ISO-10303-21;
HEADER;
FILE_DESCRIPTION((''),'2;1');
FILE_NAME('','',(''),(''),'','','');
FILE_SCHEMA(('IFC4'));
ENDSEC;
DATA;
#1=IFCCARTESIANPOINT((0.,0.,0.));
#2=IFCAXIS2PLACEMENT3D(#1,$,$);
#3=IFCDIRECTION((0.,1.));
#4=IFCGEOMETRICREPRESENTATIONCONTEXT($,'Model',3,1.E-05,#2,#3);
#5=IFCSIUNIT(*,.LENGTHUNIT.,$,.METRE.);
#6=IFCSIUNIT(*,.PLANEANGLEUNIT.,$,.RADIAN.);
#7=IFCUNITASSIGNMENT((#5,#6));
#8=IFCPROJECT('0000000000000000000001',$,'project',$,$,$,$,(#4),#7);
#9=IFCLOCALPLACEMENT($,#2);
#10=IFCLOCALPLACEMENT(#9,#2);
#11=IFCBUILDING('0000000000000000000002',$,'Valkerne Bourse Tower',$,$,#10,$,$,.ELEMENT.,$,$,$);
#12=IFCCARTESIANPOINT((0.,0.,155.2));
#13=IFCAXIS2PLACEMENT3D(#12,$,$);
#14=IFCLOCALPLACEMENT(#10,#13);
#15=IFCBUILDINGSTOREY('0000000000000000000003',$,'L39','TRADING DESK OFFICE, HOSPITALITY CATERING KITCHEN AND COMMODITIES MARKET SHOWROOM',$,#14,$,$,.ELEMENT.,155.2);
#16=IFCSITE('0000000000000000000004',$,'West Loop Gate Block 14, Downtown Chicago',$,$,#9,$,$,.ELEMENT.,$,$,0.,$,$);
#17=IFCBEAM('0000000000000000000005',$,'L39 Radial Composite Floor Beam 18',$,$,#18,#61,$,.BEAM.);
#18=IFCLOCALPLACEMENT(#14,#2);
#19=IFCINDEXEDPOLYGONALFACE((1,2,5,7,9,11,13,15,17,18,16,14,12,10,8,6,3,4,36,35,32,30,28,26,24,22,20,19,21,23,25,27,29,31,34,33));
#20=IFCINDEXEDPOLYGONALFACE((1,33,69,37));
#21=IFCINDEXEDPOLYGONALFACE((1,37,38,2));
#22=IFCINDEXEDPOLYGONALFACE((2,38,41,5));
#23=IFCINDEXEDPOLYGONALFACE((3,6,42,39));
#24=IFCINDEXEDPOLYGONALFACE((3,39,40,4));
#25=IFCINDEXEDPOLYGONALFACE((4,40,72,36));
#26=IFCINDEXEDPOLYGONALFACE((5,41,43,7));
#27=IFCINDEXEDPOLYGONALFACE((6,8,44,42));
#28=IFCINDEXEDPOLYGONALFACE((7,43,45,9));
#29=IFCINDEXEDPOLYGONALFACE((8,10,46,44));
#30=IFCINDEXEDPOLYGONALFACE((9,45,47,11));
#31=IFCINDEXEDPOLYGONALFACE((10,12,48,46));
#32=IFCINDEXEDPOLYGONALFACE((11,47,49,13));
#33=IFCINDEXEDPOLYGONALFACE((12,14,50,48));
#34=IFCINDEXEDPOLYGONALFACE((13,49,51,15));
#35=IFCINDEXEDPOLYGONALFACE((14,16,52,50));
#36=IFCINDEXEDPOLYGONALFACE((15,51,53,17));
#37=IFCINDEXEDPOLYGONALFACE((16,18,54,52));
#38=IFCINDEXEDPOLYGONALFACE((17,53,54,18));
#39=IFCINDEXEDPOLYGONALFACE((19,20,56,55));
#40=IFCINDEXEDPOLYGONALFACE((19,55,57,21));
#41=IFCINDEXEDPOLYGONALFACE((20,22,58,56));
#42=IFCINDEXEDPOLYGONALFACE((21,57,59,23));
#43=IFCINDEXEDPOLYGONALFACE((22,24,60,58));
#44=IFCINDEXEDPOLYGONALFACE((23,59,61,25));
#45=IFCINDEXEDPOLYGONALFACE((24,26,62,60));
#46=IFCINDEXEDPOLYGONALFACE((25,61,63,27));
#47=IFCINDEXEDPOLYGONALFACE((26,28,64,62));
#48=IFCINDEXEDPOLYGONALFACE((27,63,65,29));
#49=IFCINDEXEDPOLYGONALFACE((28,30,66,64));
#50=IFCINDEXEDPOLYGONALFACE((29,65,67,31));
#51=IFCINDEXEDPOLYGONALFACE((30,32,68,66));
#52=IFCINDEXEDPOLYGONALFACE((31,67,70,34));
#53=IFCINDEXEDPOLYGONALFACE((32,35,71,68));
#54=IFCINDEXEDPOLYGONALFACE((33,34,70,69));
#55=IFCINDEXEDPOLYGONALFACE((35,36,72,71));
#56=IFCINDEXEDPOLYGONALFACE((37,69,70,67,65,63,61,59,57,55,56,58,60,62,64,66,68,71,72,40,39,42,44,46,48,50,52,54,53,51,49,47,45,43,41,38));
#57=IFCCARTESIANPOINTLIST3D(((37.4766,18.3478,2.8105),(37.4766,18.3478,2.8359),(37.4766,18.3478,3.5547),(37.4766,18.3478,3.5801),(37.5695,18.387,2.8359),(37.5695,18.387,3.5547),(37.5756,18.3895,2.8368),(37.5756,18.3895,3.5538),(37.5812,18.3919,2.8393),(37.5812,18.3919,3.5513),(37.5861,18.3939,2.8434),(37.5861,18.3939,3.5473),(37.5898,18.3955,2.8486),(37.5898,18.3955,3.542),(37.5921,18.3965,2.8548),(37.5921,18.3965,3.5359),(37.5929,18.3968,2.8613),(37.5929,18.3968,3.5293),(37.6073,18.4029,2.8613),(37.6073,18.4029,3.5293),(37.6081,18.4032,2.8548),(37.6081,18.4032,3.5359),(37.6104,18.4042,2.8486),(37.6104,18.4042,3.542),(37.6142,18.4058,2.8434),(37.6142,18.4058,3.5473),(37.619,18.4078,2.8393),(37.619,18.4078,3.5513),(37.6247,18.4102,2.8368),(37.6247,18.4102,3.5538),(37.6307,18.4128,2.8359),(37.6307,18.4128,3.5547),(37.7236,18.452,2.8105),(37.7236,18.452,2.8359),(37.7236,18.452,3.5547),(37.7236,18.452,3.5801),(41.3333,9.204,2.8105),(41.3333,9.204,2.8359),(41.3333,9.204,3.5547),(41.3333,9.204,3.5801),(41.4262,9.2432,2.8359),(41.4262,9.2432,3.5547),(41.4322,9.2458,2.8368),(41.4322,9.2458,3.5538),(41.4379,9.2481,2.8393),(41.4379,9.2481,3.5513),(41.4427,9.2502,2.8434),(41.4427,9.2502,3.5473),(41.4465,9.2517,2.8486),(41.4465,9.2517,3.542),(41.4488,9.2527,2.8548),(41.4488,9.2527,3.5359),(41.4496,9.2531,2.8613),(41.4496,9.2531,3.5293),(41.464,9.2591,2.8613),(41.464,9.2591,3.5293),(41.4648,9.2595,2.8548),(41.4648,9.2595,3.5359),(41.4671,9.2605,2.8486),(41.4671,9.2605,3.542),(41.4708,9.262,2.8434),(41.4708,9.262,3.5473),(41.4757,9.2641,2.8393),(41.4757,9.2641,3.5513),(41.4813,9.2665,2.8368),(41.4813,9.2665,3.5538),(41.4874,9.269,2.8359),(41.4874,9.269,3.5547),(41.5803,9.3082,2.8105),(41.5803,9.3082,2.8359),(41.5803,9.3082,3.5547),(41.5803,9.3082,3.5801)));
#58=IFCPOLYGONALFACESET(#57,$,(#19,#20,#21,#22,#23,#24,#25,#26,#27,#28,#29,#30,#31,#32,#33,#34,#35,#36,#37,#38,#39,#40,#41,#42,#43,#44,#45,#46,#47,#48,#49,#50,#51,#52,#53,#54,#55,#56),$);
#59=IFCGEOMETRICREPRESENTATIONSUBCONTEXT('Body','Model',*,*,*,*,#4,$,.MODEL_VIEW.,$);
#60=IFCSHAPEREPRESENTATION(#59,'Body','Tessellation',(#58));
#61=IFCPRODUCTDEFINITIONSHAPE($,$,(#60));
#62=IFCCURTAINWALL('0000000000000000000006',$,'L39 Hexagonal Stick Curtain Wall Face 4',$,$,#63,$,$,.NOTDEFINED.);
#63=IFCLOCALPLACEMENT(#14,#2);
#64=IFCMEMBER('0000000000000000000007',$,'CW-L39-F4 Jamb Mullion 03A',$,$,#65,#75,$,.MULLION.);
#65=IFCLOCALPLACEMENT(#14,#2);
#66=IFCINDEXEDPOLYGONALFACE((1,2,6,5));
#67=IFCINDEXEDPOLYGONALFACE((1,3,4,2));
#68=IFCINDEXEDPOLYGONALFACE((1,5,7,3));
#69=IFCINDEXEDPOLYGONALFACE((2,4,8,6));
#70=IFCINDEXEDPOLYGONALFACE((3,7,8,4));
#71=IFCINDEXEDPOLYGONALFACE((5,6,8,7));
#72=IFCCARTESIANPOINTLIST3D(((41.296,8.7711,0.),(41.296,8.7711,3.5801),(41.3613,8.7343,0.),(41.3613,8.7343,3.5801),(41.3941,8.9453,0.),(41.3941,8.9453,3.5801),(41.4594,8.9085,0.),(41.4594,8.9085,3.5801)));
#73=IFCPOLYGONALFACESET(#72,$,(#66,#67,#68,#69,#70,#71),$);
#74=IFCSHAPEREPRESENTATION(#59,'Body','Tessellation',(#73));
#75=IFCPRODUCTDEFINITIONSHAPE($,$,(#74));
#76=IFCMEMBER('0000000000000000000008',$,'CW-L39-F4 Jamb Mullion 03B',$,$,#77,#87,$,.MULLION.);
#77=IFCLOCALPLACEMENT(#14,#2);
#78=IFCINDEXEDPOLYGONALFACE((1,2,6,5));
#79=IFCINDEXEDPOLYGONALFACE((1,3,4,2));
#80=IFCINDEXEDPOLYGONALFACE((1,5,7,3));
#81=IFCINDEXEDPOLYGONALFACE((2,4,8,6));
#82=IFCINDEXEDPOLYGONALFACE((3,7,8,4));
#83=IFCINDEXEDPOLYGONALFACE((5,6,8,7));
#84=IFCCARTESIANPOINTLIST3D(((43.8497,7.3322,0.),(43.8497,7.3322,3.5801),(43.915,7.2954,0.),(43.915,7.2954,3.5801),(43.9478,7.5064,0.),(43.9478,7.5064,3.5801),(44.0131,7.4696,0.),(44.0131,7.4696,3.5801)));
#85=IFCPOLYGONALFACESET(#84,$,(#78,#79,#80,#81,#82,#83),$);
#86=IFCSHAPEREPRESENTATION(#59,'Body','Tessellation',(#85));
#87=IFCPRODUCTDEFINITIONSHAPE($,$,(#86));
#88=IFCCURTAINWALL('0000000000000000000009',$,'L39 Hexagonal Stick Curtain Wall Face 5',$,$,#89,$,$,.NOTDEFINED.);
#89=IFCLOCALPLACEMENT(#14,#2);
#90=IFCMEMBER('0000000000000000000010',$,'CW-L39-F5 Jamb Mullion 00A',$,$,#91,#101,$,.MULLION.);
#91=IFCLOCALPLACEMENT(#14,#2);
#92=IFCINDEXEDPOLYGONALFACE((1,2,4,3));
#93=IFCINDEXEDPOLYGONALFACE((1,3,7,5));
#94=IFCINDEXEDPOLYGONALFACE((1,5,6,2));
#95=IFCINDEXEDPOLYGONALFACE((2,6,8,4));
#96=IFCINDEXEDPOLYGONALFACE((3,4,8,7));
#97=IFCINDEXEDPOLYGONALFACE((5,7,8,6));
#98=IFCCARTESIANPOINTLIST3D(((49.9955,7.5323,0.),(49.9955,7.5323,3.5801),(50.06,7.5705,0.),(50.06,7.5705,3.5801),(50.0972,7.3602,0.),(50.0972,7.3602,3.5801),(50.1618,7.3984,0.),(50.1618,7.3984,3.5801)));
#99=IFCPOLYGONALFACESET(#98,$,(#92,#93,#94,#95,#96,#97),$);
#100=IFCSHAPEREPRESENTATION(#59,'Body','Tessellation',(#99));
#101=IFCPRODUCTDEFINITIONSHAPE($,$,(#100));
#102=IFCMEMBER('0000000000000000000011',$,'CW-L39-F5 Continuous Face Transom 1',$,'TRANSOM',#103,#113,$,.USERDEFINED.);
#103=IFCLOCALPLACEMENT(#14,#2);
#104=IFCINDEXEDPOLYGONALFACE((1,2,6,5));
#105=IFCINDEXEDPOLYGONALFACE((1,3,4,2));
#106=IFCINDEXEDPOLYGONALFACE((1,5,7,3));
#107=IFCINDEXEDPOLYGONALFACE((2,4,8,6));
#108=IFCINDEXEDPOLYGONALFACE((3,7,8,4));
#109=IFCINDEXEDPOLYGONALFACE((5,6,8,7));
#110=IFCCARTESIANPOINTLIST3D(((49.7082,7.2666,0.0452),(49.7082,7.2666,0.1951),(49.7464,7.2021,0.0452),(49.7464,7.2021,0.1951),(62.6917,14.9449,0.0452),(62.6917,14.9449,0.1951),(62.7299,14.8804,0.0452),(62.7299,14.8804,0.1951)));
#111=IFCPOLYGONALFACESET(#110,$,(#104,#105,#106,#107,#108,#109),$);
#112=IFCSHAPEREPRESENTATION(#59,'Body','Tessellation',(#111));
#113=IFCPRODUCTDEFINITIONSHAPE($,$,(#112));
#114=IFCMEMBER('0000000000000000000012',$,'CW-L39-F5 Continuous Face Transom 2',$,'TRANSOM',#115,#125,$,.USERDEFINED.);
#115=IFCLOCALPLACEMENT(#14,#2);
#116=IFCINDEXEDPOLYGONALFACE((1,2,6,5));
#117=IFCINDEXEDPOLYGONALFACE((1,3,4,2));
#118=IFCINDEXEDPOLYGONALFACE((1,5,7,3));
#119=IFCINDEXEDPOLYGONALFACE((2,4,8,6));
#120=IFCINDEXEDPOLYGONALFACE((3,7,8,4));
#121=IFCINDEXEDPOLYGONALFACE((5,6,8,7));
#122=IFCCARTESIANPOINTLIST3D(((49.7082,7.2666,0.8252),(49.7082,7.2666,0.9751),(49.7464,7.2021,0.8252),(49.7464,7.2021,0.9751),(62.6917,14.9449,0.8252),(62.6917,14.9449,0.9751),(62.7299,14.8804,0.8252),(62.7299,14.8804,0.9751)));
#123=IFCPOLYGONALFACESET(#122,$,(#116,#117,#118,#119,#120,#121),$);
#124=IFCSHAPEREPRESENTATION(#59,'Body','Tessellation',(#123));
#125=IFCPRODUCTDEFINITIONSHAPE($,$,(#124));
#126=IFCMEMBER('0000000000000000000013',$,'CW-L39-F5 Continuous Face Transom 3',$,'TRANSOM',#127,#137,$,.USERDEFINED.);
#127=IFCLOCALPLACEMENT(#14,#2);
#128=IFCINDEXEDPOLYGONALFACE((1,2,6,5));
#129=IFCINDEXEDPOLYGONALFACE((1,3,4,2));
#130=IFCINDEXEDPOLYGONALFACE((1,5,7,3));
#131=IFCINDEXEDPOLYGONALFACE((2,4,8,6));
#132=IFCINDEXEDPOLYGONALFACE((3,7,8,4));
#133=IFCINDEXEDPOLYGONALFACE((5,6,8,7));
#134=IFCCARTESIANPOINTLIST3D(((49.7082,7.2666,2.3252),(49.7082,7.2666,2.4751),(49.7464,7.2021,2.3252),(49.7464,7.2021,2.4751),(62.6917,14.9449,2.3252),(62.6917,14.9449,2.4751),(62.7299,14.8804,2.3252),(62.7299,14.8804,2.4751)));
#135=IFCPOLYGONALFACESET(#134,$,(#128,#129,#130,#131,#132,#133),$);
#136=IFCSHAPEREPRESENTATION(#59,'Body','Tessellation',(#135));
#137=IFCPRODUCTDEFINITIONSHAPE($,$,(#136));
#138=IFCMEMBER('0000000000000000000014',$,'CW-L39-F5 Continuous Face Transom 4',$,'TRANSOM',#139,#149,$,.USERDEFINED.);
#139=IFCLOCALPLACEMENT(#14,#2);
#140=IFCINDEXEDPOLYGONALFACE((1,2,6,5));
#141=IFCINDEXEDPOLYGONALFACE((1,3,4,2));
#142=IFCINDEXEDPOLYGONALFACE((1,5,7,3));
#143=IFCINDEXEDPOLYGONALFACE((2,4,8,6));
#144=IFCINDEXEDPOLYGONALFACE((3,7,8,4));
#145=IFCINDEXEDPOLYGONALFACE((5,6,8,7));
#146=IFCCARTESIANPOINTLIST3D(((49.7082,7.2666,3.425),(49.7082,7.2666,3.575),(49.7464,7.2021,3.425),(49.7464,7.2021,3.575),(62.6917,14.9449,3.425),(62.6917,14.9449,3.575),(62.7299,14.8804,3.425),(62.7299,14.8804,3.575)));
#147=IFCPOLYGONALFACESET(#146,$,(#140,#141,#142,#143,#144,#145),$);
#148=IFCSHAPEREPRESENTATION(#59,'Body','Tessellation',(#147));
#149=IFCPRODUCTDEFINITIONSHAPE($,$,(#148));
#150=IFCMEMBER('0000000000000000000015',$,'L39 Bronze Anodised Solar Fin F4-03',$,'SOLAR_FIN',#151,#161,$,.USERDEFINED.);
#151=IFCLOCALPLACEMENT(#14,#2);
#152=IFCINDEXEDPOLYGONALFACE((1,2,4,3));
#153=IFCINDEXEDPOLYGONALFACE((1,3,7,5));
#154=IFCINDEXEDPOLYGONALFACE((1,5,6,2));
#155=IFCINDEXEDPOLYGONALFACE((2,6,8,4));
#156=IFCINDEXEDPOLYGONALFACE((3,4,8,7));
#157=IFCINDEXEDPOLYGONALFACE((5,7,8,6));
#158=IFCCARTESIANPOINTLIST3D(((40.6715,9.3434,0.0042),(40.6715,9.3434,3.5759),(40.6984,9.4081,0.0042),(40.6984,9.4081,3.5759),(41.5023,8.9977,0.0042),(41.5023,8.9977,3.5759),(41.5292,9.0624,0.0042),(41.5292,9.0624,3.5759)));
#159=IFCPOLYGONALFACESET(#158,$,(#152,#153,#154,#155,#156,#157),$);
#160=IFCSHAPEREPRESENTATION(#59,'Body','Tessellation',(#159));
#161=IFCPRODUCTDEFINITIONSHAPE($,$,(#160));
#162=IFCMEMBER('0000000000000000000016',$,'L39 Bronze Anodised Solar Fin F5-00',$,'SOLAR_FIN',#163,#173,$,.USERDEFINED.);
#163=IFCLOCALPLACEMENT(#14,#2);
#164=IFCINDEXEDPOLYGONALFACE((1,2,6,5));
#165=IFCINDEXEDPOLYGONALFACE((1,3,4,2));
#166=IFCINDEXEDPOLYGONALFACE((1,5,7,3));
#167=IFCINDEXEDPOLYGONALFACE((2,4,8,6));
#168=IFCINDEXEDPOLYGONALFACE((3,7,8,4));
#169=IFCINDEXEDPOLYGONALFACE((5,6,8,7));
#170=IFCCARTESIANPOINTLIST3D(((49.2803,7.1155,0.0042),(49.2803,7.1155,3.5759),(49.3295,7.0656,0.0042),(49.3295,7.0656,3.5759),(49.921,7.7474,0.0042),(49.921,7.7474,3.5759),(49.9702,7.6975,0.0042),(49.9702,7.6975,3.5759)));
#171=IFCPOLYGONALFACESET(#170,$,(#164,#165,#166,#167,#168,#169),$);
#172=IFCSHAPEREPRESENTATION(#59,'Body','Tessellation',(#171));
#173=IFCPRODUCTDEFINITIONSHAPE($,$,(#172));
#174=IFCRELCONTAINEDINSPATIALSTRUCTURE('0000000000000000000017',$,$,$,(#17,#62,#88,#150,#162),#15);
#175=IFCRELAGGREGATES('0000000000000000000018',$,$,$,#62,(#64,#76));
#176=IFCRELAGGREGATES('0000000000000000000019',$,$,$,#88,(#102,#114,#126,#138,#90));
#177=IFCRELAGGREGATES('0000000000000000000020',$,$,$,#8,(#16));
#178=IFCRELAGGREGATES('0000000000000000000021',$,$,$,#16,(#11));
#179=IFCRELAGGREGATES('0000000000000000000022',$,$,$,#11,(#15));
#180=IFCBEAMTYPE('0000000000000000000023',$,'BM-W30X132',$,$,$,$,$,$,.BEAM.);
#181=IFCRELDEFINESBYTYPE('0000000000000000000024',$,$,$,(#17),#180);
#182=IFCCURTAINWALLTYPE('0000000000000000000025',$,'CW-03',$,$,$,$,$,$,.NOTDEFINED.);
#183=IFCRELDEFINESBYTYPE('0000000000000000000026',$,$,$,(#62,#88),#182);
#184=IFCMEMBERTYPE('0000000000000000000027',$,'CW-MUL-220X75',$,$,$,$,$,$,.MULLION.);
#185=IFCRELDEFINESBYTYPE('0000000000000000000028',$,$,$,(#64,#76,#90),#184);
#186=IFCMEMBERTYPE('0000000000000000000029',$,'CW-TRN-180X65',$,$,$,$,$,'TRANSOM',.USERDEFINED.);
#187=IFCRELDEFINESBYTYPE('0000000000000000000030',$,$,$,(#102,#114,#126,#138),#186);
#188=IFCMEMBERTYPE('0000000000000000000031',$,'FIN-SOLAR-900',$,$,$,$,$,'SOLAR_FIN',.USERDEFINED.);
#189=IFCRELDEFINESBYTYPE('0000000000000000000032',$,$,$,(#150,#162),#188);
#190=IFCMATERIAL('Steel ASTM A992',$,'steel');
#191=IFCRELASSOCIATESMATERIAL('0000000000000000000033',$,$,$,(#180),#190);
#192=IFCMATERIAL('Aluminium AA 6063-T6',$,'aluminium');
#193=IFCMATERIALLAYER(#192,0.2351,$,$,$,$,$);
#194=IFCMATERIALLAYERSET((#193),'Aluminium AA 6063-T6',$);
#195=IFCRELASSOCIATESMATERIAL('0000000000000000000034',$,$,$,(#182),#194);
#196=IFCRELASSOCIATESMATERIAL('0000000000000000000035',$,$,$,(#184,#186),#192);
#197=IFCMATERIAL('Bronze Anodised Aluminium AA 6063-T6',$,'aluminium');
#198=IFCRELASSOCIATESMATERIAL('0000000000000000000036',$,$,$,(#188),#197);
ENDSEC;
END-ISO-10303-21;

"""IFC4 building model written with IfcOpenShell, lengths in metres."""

from ifc_helpers import new_model, si_unit, direction, frame, origin, origin_2d, place, context, subcontext, project, spatial, rectangle, i_section, extrude, material, layer, layer_set, material_profile, profile_set, type_object, element, aggregate, save


model = new_model("IFC4")

# Units and contexts
model_context = context("Model", 3, precision=1e-05, world=origin(), true_north=direction((0.0, 1.0)))
body_context = subcontext(model_context, "Body", "Model", "MODEL_VIEW")
ifc_project = project(units=[si_unit("LENGTHUNIT", "METRE"), si_unit("PLANEANGLEUNIT", "RADIAN")], contexts=[model_context])

# Site, building, storey
site_placement = place(None, origin())
site = spatial("IfcSite", under=ifc_project, at=site_placement, Name="West Loop Gate Block 14, Downtown Chicago", CompositionType="ELEMENT", RefElevation=0.0)
building_placement = place(site_placement, origin())
building = spatial("IfcBuilding", under=site, at=building_placement, Name="Valkerne Bourse Tower", CompositionType="ELEMENT")
storey_placement = place(building_placement, frame((0.0, 0.0, 155.2)))
storey = spatial("IfcBuildingStorey", under=building, at=storey_placement, Name="L39", Description="TRADING DESK OFFICE, HOSPITALITY CATERING KITCHEN AND COMMODITIES MARKET SHOWROOM", CompositionType="ELEMENT", Elevation=155.2)

# Beam
ifc_material_1 = material(Name="Steel ASTM A992", Category="steel")
ifc_material_profile_1 = material_profile(ifc_material_1, i_section(OverallWidth=0.2681, OverallDepth=0.7695, WebThickness=0.0156, FlangeThickness=0.0254, FilletRadius=0.0254, at=origin_2d()), Name="W30X132")
ifc_profile_set_1 = profile_set([ifc_material_profile_1], Name="Steel ASTM A992")
beam_type_1 = type_object("IfcBeamType", Name="BM-W30X132", PredefinedType="BEAM", material=ifc_profile_set_1)
beam_1_placement = place(storey_placement, frame((41.4568, 9.2561, 3.1953), z_axis=(-0.388628, 0.921395, 0.0), x_axis=(-0.921395, -0.388628, 0.0)))
element("IfcBeam", 1, at=beam_1_placement, inside=storey, type_object=beam_type_1, Name="L39 Radial Composite Floor Beam 18", PredefinedType="BEAM", context=body_context, shape_type="SweptSolid", body=[
    extrude(i_section(OverallWidth=0.2681, OverallDepth=0.7695, WebThickness=0.0156, FlangeThickness=0.0254, FilletRadius=0.0254, at=origin_2d()), origin(), (0.0, 0.0, 1.0), 9.9238),
])

# Curtain walls, members
ifc_material_2 = material(Name="Aluminium AA 6063-T6", Category="aluminium")
ifc_layer_1 = layer(ifc_material_2, 0.2351)
ifc_layer_set_1 = layer_set([ifc_layer_1], Name="Aluminium AA 6063-T6")
curtain_wall_type = type_object("IfcCurtainWallType", Name="CW-03", PredefinedType="NOTDEFINED", material=ifc_layer_set_1)
curtain_wall_1_placement = place(storey_placement, origin())
curtain_wall_1 = element("IfcCurtainWall", 2, at=curtain_wall_1_placement, inside=storey, type_object=curtain_wall_type, Name="L39 Hexagonal Stick Curtain Wall Face 4", PredefinedType="NOTDEFINED")
ifc_material_profile_2 = material_profile(ifc_material_2, rectangle(XDim=0.075, YDim=0.2, at=origin_2d()), Name="CWM-75X200")
ifc_profile_set_2 = profile_set([ifc_material_profile_2], Name="Aluminium AA 6063-T6")
member_type_1 = type_object("IfcMemberType", Name="CW-MUL-220X75", PredefinedType="MULLION", material=ifc_profile_set_2)
member_1_placement = place(storey_placement, frame((41.3777, 8.8398, 0.0), z_axis=(0.0, 0.0, 1.0), x_axis=(0.871211, -0.49091, 0.0)))
member_1 = element("IfcMember", 3, at=member_1_placement, type_object=member_type_1, Name="CW-L39-F4 Jamb Mullion 03A", PredefinedType="MULLION", context=body_context, shape_type="SweptSolid", body=[
    extrude(rectangle(XDim=0.075, YDim=0.2, at=origin_2d()), origin(), (0.0, 0.0, 1.0), 3.5801),
])
member_2_placement = place(storey_placement, frame((43.9314, 7.4009, 0.0), z_axis=(0.0, 0.0, 1.0), x_axis=(0.871211, -0.49091, 0.0)))
member_2 = element("IfcMember", 4, at=member_2_placement, type_object=member_type_1, Name="CW-L39-F4 Jamb Mullion 03B", PredefinedType="MULLION", context=body_context, shape_type="SweptSolid", body=[
    extrude(rectangle(XDim=0.075, YDim=0.2, at=origin_2d()), origin(), (0.0, 0.0, 1.0), 3.5801),
])
curtain_wall_2_placement = place(storey_placement, origin())
curtain_wall_2 = element("IfcCurtainWall", 5, at=curtain_wall_2_placement, inside=storey, type_object=curtain_wall_type, Name="L39 Hexagonal Stick Curtain Wall Face 5", PredefinedType="NOTDEFINED")
member_3_placement = place(storey_placement, frame((50.0786, 7.4653, 0.0), z_axis=(0.0, 0.0, 1.0), x_axis=(0.860744, 0.509038, 0.0)))
member_3 = element("IfcMember", 6, at=member_3_placement, type_object=member_type_1, Name="CW-L39-F5 Jamb Mullion 00A", PredefinedType="MULLION", context=body_context, shape_type="SweptSolid", body=[
    extrude(rectangle(XDim=0.075, YDim=0.2, at=origin_2d()), origin(), (0.0, 0.0, 1.0), 3.5801),
])
ifc_material_profile_3 = material_profile(ifc_material_2, rectangle(XDim=0.075, YDim=0.1499, at=origin_2d()), Name="CWT-75X150")
ifc_profile_set_3 = profile_set([ifc_material_profile_3], Name="Aluminium AA 6063-T6")
member_type_2 = type_object("IfcMemberType", Name="CW-TRN-180X65", ElementType="TRANSOM", PredefinedType="USERDEFINED", material=ifc_profile_set_3)
member_4_placement = place(storey_placement, frame((49.7273, 7.2344, 0.1201), z_axis=(0.860746, 0.509035, 0.0), x_axis=(-0.509035, 0.860746, 0.0)))
member_4 = element("IfcMember", 7, at=member_4_placement, type_object=member_type_2, Name="CW-L39-F5 Continuous Face Transom 1", ObjectType="TRANSOM", PredefinedType="USERDEFINED", context=body_context, shape_type="SweptSolid", body=[
    extrude(rectangle(XDim=0.075, YDim=0.1499, at=origin_2d()), origin(), (0.0, 0.0, 1.0), 15.084),
])
member_5_placement = place(storey_placement, frame((49.7273, 7.2344, 0.9001), z_axis=(0.860746, 0.509035, 0.0), x_axis=(-0.509035, 0.860746, 0.0)))
member_5 = element("IfcMember", 8, at=member_5_placement, type_object=member_type_2, Name="CW-L39-F5 Continuous Face Transom 2", ObjectType="TRANSOM", PredefinedType="USERDEFINED", context=body_context, shape_type="SweptSolid", body=[
    extrude(rectangle(XDim=0.075, YDim=0.1499, at=origin_2d()), origin(), (0.0, 0.0, 1.0), 15.084),
])
member_6_placement = place(storey_placement, frame((49.7273, 7.2344, 2.4001), z_axis=(0.860746, 0.509035, 0.0), x_axis=(-0.509035, 0.860746, 0.0)))
member_6 = element("IfcMember", 9, at=member_6_placement, type_object=member_type_2, Name="CW-L39-F5 Continuous Face Transom 3", ObjectType="TRANSOM", PredefinedType="USERDEFINED", context=body_context, shape_type="SweptSolid", body=[
    extrude(rectangle(XDim=0.075, YDim=0.1499, at=origin_2d()), origin(), (0.0, 0.0, 1.0), 15.084),
])
member_7_placement = place(storey_placement, frame((49.7273, 7.2344, 3.5), z_axis=(0.860746, 0.509035, 0.0), x_axis=(-0.509035, 0.860746, 0.0)))
member_7 = element("IfcMember", 10, at=member_7_placement, type_object=member_type_2, Name="CW-L39-F5 Continuous Face Transom 4", ObjectType="TRANSOM", PredefinedType="USERDEFINED", context=body_context, shape_type="SweptSolid", body=[
    extrude(rectangle(XDim=0.075, YDim=0.1499, at=origin_2d()), origin(), (0.0, 0.0, 1.0), 15.084),
])

# Members
ifc_material_3 = material(Name="Bronze Anodised Aluminium AA 6063-T6", Category="aluminium")
ifc_material_profile_4 = material_profile(ifc_material_3, rectangle(XDim=0.0701, YDim=0.8999, at=origin_2d()), Name="FIN-70X900")
ifc_profile_set_4 = profile_set([ifc_material_profile_4], Name="Bronze Anodised Aluminium AA 6063-T6")
member_type_3 = type_object("IfcMemberType", Name="FIN-SOLAR-900", ElementType="SOLAR_FIN", PredefinedType="USERDEFINED", material=ifc_profile_set_4)
for number, where, z_axis, x_axis, name in (
    (11, (41.1003, 9.2029, 0.0042), (0.0, 0.0, 1.0), (-0.384163, -0.923265, 0.0), "L39 Bronze Anodised Solar Fin F4-03"),
    (12, (49.6252, 7.4065, 0.0042), (0.0, 0.0, 1.0), (0.702128, -0.71205, 0.0), "L39 Bronze Anodised Solar Fin F5-00"),
):
    element("IfcMember", number, at=place(storey_placement, frame(where, z_axis=z_axis, x_axis=x_axis)), inside=storey, type_object=member_type_3, Name=name, ObjectType="SOLAR_FIN", PredefinedType="USERDEFINED", context=body_context, shape_type="SweptSolid", body=[
        extrude(rectangle(XDim=0.0701, YDim=0.8999, at=origin_2d()), origin(), (0.0, 0.0, 1.0), 3.5718),
    ])

aggregate(curtain_wall_1, [member_1, member_2])
aggregate(curtain_wall_2, [member_4, member_5, member_6, member_7, member_3])

save(model, "model.ifc")
